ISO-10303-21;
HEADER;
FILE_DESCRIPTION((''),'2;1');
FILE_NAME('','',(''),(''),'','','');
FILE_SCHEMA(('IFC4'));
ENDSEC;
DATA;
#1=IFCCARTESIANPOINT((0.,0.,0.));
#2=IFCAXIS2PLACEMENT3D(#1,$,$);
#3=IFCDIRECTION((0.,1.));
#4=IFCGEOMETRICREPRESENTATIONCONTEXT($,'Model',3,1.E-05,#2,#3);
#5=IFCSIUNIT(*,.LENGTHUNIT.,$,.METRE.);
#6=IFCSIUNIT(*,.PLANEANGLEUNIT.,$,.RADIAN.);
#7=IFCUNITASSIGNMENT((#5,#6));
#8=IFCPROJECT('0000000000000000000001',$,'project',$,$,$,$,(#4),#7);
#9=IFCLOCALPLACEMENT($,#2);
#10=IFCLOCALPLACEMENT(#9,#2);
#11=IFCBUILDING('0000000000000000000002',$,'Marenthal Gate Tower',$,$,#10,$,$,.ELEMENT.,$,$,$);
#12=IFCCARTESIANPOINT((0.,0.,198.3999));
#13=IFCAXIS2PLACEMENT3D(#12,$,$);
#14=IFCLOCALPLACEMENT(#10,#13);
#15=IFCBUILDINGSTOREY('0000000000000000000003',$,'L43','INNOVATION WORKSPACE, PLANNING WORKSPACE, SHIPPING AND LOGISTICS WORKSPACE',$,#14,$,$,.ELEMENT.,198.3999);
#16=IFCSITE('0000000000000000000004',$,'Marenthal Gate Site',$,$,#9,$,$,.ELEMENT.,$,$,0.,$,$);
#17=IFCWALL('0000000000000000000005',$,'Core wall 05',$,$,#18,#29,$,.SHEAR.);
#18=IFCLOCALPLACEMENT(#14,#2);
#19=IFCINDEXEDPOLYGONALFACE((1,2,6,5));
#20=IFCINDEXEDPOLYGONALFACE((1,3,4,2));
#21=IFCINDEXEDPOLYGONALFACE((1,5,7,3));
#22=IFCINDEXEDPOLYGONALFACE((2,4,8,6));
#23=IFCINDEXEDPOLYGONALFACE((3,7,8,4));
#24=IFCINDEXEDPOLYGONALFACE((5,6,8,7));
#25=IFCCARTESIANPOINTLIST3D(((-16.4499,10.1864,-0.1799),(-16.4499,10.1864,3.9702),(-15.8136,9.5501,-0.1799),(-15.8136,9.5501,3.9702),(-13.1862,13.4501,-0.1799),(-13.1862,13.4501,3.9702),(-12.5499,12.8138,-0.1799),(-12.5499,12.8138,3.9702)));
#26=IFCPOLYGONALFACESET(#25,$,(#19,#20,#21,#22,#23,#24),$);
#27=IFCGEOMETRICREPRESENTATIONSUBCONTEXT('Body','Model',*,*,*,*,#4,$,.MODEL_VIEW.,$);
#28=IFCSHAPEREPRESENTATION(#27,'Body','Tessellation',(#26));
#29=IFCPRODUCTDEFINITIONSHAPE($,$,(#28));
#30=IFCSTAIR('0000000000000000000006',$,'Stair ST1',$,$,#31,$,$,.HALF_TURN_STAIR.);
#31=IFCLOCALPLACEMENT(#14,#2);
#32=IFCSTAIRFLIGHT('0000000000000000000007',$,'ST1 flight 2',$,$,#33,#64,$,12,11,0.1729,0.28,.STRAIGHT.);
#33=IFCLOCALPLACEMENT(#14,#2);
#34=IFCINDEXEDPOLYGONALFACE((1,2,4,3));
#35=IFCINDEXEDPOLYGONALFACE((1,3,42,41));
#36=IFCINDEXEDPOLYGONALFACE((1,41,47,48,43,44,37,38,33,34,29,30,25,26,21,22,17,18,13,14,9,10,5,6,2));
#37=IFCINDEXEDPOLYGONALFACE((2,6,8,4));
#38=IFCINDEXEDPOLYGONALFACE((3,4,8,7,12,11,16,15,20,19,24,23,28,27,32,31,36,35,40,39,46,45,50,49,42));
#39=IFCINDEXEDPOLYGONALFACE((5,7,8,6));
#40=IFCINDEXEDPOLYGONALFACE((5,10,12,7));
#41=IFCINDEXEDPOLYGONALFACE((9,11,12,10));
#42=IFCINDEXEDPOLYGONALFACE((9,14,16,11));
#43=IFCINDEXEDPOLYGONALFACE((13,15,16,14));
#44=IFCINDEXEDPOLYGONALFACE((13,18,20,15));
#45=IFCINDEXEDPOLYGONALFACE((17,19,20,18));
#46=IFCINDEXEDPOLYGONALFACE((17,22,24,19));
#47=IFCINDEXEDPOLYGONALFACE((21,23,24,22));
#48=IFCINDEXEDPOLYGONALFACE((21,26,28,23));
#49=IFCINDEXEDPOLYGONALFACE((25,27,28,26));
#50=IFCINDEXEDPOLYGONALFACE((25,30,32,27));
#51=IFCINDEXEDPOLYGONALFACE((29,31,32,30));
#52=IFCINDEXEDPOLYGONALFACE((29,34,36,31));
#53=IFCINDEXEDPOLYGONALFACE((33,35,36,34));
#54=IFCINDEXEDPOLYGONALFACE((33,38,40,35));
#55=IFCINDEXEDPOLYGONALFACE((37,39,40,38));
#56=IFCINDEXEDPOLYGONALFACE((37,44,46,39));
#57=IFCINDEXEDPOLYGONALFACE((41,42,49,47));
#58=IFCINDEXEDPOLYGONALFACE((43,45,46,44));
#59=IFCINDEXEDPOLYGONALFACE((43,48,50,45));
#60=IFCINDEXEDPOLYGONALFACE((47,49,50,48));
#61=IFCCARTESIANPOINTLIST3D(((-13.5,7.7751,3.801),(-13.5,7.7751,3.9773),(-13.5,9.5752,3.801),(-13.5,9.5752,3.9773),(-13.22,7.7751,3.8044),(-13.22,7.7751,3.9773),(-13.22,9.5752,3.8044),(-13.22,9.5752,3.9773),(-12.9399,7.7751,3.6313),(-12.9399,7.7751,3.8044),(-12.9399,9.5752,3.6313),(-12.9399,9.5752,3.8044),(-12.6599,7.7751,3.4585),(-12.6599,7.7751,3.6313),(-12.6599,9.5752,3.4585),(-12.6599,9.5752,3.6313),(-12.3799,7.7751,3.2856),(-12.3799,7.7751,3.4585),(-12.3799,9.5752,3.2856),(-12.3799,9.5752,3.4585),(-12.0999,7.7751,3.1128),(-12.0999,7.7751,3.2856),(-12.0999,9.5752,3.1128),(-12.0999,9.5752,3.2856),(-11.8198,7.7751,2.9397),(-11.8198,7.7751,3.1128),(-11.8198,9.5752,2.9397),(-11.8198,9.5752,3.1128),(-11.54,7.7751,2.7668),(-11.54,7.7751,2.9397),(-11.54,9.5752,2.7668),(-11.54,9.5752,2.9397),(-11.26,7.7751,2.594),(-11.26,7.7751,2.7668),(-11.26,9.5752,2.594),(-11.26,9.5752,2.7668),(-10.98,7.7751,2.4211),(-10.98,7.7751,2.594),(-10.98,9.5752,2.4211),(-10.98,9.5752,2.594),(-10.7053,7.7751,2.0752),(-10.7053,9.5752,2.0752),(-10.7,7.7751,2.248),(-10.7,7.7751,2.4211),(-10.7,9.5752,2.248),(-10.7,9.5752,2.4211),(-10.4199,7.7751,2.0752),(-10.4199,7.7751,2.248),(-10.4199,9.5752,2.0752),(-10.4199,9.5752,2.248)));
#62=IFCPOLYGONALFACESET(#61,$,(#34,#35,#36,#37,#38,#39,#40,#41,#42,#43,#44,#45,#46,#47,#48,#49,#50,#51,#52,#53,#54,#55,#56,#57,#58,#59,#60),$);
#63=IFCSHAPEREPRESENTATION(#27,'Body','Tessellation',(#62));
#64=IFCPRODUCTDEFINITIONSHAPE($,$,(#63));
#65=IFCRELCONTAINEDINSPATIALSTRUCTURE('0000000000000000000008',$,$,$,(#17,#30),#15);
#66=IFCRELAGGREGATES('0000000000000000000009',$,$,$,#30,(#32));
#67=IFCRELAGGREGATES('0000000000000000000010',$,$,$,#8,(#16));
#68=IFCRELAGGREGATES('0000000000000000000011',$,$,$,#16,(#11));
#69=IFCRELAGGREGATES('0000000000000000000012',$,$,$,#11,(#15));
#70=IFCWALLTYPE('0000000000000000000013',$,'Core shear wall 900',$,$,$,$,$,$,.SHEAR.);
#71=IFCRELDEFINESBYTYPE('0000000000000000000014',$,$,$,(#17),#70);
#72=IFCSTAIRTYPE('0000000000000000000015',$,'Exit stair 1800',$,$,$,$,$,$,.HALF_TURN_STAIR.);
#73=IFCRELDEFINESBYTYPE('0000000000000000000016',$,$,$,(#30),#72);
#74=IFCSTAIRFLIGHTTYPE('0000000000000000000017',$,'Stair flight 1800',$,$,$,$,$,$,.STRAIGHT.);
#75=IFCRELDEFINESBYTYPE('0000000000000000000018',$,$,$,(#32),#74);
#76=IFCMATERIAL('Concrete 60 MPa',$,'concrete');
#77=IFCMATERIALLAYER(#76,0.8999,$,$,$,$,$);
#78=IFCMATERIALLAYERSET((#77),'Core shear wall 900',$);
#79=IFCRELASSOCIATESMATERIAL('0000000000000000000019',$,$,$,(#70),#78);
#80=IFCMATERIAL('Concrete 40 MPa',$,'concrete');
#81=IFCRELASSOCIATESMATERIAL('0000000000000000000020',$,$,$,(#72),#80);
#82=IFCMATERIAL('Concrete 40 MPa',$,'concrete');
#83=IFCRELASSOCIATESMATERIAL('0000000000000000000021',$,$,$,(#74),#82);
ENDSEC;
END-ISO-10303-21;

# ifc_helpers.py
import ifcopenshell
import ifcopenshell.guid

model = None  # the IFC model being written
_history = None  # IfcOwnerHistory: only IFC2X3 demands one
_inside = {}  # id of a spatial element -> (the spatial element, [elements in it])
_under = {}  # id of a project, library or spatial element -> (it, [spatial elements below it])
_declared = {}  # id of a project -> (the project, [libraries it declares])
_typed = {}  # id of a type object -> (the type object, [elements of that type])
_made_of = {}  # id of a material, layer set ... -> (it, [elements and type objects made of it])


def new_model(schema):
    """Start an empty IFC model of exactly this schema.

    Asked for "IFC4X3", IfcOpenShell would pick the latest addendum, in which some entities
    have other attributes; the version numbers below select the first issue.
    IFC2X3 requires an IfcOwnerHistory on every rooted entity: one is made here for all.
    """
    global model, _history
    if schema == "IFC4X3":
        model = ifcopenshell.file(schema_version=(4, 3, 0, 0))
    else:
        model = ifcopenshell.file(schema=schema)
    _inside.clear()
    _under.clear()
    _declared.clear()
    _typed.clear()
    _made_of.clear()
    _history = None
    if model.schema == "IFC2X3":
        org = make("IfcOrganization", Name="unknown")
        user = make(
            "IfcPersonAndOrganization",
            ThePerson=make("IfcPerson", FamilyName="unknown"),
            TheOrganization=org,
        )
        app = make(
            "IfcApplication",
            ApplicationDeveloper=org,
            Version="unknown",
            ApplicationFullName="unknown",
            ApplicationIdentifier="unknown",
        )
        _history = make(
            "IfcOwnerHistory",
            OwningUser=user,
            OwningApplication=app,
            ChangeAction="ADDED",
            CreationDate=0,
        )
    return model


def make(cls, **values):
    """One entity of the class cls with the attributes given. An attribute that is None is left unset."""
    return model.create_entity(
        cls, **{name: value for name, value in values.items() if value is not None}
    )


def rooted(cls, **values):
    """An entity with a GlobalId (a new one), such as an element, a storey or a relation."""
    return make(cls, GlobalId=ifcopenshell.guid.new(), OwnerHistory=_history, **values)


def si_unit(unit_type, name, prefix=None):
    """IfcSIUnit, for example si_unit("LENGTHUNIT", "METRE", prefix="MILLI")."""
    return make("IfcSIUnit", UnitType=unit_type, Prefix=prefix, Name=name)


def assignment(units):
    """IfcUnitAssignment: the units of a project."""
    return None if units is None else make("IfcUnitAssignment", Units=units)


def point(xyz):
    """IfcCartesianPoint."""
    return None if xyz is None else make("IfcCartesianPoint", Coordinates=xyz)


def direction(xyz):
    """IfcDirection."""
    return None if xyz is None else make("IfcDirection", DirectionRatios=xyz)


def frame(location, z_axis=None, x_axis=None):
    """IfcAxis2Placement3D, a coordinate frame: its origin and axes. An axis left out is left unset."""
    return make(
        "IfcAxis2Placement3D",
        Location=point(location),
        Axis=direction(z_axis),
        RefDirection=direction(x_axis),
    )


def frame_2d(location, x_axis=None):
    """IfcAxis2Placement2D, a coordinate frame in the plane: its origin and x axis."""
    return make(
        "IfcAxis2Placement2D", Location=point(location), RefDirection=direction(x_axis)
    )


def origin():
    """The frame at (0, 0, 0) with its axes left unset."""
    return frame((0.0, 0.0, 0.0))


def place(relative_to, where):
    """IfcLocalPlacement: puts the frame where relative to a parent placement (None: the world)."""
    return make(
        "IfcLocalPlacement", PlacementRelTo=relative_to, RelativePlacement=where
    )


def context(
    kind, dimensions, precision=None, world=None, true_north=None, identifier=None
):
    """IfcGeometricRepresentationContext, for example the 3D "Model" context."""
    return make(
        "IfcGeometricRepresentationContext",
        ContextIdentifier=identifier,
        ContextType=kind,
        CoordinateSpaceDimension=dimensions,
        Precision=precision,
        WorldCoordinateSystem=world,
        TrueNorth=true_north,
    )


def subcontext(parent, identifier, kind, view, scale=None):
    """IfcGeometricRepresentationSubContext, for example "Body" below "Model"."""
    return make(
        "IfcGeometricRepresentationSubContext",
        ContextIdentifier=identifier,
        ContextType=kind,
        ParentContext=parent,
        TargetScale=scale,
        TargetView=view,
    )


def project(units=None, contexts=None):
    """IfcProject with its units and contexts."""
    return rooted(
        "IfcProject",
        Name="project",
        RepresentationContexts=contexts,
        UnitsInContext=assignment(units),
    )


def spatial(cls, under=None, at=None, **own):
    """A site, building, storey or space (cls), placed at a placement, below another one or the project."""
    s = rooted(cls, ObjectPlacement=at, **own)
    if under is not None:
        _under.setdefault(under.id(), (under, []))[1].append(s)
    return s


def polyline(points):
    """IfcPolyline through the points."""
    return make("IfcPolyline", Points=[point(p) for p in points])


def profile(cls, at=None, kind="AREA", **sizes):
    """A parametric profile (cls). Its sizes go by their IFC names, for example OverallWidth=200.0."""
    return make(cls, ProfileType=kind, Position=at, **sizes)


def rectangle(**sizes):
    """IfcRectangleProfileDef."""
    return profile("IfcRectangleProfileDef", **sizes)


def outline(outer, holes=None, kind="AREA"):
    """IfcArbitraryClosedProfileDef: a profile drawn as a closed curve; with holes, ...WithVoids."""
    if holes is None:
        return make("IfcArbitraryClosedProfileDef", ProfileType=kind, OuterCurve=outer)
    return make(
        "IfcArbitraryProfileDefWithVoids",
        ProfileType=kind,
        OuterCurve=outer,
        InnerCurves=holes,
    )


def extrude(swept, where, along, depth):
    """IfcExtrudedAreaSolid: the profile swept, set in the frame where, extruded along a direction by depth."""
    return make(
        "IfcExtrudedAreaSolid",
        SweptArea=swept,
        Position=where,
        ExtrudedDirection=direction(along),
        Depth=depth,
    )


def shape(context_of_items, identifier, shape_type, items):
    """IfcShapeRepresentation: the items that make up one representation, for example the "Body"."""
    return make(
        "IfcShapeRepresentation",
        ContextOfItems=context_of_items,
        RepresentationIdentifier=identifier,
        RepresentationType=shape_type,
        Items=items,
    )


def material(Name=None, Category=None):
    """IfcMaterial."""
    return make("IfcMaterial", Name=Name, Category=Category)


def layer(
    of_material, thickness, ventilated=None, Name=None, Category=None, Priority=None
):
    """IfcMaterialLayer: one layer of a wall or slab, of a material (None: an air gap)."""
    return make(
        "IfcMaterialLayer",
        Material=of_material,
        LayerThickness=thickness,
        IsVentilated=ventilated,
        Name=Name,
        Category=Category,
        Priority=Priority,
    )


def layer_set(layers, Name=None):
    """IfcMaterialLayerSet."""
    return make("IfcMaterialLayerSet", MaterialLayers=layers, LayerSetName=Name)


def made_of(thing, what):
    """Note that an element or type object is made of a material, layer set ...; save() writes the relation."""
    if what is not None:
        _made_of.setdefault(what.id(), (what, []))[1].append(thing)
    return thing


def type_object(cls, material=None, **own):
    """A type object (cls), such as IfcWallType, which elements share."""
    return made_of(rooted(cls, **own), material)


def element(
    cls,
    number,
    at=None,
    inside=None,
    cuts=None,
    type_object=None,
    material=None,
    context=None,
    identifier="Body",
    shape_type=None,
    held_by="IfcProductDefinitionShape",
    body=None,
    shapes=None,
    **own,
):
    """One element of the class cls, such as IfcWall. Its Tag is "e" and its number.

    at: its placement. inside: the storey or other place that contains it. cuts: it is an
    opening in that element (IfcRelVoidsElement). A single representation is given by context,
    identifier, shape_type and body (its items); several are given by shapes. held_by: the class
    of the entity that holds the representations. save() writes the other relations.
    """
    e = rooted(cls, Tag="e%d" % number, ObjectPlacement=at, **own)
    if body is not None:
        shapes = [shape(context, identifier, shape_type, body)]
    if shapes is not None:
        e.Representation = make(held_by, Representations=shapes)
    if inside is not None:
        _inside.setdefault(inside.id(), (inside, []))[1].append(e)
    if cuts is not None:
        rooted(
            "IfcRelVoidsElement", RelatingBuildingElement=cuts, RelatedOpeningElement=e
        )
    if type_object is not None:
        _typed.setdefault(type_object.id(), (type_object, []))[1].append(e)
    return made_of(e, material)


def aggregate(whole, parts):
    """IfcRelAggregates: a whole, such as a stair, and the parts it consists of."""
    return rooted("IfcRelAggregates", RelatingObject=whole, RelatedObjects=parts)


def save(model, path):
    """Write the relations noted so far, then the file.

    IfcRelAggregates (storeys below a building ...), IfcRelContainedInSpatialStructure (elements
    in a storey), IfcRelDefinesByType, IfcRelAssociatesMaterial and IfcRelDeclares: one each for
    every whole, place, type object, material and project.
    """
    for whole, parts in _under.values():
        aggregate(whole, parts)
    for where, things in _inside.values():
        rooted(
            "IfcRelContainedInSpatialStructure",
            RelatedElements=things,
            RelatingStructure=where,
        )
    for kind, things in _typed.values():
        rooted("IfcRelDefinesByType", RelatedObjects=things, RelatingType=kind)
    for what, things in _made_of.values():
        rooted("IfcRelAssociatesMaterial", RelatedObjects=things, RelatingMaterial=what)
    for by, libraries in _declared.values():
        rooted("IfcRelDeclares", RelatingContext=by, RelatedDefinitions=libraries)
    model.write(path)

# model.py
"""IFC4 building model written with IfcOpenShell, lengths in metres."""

from ifc_helpers import new_model, si_unit, direction, frame, frame_2d, origin, place, context, subcontext, project, spatial, polyline, rectangle, outline, extrude, material, layer, layer_set, type_object, element, aggregate, save


model = new_model("IFC4")

# Units and contexts
model_context = context("Model", 3, precision=1e-05, world=origin(), true_north=direction((0.0, 1.0)))
body_context = subcontext(model_context, "Body", "Model", "MODEL_VIEW")
ifc_project = project(units=[si_unit("LENGTHUNIT", "METRE"), si_unit("PLANEANGLEUNIT", "RADIAN")], contexts=[model_context])

# Site, building, storey
site_placement = place(None, origin())
site = spatial("IfcSite", under=ifc_project, at=site_placement, Name="Marenthal Gate Site", CompositionType="ELEMENT", RefElevation=0.0)
building_placement = place(site_placement, origin())
building = spatial("IfcBuilding", under=site, at=building_placement, Name="Marenthal Gate Tower", CompositionType="ELEMENT")
storey_placement = place(building_placement, frame((0.0, 0.0, 198.3999)))
storey = spatial("IfcBuildingStorey", under=building, at=storey_placement, Name="L43", Description="INNOVATION WORKSPACE, PLANNING WORKSPACE, SHIPPING AND LOGISTICS WORKSPACE", CompositionType="ELEMENT", Elevation=198.3999)

# Wall
ifc_material_1 = material(Name="Concrete 60 MPa", Category="concrete")
ifc_layer_1 = layer(ifc_material_1, 0.8999)
ifc_layer_set_1 = layer_set([ifc_layer_1], Name="Core shear wall 900")
wall_type = type_object("IfcWallType", Name="Core shear wall 900", PredefinedType="SHEAR", material=ifc_layer_set_1)
wall_placement = place(storey_placement, frame((-12.8682, 13.1318, -0.1799), z_axis=(0.0, 0.0, 1.0), x_axis=(-0.707107, -0.707107, 0.0)))
element("IfcWall", 1, at=wall_placement, inside=storey, type_object=wall_type, Name="Core wall 05", PredefinedType="SHEAR", context=body_context, shape_type="SweptSolid", body=[
    extrude(rectangle(XDim=4.6155, YDim=0.8999, at=frame_2d((2.3076, 0.0))), origin(), (0.0, 0.0, 1.0), 4.1501),
])

# Stair, stair flight
ifc_material_2 = material(Name="Concrete 40 MPa", Category="concrete")
stair_type = type_object("IfcStairType", Name="Exit stair 1800", PredefinedType="HALF_TURN_STAIR", material=ifc_material_2)
stair_placement = place(storey_placement, origin())
stair = element("IfcStair", 2, at=stair_placement, inside=storey, type_object=stair_type, Name="Stair ST1", PredefinedType="HALF_TURN_STAIR")
ifc_material_3 = material(Name="Concrete 40 MPa", Category="concrete")
stair_flight_type = type_object("IfcStairFlightType", Name="Stair flight 1800", PredefinedType="STRAIGHT", material=ifc_material_3)
stair_flight_placement = place(storey_placement, frame((-10.4199, 8.675, 2.0752), z_axis=(0.0, 0.0, 1.0), x_axis=(-1.0, 0.0, 0.0)))
stair_flight = element("IfcStairFlight", 3, at=stair_flight_placement, type_object=stair_flight_type, Name="ST1 flight 2", NumberOfRisers=12, NumberOfTreads=11, PredefinedType="STRAIGHT", RiserHeight=0.1729, TreadLength=0.28, context=body_context, shape_type="SweptSolid", body=[
    extrude(outline(polyline([(0.0, 0.0), (0.0, 0.1729), (0.28, 0.1729), (0.28, 0.3459), (0.5601, 0.3459), (0.5601, 0.5188), (0.8401, 0.5188), (0.8401, 0.6917), (1.1201, 0.6917), (1.1201, 0.8645), (1.3999, 0.8645), (1.3999, 1.0376), (1.6799, 1.0376), (1.6799, 1.2104), (1.96, 1.2104), (1.96, 1.3833), (2.24, 1.3833), (2.24, 1.5562), (2.52, 1.5562), (2.52, 1.7292), (2.8, 1.7292), (2.8, 1.9021), (3.0801, 1.9021), (3.0801, 2.075), (3.0801, 1.7258), (0.2854, 0.0), (0.0, 0.0)])), frame((0.0, 0.8999, 0.0), z_axis=(0.0, -1.0, 0.0), x_axis=(1.0, 0.0, 0.0)), (0.0, 0.0, 1.0), 1.8),
])
aggregate(stair, [stair_flight])

save(model, "model.ifc")
